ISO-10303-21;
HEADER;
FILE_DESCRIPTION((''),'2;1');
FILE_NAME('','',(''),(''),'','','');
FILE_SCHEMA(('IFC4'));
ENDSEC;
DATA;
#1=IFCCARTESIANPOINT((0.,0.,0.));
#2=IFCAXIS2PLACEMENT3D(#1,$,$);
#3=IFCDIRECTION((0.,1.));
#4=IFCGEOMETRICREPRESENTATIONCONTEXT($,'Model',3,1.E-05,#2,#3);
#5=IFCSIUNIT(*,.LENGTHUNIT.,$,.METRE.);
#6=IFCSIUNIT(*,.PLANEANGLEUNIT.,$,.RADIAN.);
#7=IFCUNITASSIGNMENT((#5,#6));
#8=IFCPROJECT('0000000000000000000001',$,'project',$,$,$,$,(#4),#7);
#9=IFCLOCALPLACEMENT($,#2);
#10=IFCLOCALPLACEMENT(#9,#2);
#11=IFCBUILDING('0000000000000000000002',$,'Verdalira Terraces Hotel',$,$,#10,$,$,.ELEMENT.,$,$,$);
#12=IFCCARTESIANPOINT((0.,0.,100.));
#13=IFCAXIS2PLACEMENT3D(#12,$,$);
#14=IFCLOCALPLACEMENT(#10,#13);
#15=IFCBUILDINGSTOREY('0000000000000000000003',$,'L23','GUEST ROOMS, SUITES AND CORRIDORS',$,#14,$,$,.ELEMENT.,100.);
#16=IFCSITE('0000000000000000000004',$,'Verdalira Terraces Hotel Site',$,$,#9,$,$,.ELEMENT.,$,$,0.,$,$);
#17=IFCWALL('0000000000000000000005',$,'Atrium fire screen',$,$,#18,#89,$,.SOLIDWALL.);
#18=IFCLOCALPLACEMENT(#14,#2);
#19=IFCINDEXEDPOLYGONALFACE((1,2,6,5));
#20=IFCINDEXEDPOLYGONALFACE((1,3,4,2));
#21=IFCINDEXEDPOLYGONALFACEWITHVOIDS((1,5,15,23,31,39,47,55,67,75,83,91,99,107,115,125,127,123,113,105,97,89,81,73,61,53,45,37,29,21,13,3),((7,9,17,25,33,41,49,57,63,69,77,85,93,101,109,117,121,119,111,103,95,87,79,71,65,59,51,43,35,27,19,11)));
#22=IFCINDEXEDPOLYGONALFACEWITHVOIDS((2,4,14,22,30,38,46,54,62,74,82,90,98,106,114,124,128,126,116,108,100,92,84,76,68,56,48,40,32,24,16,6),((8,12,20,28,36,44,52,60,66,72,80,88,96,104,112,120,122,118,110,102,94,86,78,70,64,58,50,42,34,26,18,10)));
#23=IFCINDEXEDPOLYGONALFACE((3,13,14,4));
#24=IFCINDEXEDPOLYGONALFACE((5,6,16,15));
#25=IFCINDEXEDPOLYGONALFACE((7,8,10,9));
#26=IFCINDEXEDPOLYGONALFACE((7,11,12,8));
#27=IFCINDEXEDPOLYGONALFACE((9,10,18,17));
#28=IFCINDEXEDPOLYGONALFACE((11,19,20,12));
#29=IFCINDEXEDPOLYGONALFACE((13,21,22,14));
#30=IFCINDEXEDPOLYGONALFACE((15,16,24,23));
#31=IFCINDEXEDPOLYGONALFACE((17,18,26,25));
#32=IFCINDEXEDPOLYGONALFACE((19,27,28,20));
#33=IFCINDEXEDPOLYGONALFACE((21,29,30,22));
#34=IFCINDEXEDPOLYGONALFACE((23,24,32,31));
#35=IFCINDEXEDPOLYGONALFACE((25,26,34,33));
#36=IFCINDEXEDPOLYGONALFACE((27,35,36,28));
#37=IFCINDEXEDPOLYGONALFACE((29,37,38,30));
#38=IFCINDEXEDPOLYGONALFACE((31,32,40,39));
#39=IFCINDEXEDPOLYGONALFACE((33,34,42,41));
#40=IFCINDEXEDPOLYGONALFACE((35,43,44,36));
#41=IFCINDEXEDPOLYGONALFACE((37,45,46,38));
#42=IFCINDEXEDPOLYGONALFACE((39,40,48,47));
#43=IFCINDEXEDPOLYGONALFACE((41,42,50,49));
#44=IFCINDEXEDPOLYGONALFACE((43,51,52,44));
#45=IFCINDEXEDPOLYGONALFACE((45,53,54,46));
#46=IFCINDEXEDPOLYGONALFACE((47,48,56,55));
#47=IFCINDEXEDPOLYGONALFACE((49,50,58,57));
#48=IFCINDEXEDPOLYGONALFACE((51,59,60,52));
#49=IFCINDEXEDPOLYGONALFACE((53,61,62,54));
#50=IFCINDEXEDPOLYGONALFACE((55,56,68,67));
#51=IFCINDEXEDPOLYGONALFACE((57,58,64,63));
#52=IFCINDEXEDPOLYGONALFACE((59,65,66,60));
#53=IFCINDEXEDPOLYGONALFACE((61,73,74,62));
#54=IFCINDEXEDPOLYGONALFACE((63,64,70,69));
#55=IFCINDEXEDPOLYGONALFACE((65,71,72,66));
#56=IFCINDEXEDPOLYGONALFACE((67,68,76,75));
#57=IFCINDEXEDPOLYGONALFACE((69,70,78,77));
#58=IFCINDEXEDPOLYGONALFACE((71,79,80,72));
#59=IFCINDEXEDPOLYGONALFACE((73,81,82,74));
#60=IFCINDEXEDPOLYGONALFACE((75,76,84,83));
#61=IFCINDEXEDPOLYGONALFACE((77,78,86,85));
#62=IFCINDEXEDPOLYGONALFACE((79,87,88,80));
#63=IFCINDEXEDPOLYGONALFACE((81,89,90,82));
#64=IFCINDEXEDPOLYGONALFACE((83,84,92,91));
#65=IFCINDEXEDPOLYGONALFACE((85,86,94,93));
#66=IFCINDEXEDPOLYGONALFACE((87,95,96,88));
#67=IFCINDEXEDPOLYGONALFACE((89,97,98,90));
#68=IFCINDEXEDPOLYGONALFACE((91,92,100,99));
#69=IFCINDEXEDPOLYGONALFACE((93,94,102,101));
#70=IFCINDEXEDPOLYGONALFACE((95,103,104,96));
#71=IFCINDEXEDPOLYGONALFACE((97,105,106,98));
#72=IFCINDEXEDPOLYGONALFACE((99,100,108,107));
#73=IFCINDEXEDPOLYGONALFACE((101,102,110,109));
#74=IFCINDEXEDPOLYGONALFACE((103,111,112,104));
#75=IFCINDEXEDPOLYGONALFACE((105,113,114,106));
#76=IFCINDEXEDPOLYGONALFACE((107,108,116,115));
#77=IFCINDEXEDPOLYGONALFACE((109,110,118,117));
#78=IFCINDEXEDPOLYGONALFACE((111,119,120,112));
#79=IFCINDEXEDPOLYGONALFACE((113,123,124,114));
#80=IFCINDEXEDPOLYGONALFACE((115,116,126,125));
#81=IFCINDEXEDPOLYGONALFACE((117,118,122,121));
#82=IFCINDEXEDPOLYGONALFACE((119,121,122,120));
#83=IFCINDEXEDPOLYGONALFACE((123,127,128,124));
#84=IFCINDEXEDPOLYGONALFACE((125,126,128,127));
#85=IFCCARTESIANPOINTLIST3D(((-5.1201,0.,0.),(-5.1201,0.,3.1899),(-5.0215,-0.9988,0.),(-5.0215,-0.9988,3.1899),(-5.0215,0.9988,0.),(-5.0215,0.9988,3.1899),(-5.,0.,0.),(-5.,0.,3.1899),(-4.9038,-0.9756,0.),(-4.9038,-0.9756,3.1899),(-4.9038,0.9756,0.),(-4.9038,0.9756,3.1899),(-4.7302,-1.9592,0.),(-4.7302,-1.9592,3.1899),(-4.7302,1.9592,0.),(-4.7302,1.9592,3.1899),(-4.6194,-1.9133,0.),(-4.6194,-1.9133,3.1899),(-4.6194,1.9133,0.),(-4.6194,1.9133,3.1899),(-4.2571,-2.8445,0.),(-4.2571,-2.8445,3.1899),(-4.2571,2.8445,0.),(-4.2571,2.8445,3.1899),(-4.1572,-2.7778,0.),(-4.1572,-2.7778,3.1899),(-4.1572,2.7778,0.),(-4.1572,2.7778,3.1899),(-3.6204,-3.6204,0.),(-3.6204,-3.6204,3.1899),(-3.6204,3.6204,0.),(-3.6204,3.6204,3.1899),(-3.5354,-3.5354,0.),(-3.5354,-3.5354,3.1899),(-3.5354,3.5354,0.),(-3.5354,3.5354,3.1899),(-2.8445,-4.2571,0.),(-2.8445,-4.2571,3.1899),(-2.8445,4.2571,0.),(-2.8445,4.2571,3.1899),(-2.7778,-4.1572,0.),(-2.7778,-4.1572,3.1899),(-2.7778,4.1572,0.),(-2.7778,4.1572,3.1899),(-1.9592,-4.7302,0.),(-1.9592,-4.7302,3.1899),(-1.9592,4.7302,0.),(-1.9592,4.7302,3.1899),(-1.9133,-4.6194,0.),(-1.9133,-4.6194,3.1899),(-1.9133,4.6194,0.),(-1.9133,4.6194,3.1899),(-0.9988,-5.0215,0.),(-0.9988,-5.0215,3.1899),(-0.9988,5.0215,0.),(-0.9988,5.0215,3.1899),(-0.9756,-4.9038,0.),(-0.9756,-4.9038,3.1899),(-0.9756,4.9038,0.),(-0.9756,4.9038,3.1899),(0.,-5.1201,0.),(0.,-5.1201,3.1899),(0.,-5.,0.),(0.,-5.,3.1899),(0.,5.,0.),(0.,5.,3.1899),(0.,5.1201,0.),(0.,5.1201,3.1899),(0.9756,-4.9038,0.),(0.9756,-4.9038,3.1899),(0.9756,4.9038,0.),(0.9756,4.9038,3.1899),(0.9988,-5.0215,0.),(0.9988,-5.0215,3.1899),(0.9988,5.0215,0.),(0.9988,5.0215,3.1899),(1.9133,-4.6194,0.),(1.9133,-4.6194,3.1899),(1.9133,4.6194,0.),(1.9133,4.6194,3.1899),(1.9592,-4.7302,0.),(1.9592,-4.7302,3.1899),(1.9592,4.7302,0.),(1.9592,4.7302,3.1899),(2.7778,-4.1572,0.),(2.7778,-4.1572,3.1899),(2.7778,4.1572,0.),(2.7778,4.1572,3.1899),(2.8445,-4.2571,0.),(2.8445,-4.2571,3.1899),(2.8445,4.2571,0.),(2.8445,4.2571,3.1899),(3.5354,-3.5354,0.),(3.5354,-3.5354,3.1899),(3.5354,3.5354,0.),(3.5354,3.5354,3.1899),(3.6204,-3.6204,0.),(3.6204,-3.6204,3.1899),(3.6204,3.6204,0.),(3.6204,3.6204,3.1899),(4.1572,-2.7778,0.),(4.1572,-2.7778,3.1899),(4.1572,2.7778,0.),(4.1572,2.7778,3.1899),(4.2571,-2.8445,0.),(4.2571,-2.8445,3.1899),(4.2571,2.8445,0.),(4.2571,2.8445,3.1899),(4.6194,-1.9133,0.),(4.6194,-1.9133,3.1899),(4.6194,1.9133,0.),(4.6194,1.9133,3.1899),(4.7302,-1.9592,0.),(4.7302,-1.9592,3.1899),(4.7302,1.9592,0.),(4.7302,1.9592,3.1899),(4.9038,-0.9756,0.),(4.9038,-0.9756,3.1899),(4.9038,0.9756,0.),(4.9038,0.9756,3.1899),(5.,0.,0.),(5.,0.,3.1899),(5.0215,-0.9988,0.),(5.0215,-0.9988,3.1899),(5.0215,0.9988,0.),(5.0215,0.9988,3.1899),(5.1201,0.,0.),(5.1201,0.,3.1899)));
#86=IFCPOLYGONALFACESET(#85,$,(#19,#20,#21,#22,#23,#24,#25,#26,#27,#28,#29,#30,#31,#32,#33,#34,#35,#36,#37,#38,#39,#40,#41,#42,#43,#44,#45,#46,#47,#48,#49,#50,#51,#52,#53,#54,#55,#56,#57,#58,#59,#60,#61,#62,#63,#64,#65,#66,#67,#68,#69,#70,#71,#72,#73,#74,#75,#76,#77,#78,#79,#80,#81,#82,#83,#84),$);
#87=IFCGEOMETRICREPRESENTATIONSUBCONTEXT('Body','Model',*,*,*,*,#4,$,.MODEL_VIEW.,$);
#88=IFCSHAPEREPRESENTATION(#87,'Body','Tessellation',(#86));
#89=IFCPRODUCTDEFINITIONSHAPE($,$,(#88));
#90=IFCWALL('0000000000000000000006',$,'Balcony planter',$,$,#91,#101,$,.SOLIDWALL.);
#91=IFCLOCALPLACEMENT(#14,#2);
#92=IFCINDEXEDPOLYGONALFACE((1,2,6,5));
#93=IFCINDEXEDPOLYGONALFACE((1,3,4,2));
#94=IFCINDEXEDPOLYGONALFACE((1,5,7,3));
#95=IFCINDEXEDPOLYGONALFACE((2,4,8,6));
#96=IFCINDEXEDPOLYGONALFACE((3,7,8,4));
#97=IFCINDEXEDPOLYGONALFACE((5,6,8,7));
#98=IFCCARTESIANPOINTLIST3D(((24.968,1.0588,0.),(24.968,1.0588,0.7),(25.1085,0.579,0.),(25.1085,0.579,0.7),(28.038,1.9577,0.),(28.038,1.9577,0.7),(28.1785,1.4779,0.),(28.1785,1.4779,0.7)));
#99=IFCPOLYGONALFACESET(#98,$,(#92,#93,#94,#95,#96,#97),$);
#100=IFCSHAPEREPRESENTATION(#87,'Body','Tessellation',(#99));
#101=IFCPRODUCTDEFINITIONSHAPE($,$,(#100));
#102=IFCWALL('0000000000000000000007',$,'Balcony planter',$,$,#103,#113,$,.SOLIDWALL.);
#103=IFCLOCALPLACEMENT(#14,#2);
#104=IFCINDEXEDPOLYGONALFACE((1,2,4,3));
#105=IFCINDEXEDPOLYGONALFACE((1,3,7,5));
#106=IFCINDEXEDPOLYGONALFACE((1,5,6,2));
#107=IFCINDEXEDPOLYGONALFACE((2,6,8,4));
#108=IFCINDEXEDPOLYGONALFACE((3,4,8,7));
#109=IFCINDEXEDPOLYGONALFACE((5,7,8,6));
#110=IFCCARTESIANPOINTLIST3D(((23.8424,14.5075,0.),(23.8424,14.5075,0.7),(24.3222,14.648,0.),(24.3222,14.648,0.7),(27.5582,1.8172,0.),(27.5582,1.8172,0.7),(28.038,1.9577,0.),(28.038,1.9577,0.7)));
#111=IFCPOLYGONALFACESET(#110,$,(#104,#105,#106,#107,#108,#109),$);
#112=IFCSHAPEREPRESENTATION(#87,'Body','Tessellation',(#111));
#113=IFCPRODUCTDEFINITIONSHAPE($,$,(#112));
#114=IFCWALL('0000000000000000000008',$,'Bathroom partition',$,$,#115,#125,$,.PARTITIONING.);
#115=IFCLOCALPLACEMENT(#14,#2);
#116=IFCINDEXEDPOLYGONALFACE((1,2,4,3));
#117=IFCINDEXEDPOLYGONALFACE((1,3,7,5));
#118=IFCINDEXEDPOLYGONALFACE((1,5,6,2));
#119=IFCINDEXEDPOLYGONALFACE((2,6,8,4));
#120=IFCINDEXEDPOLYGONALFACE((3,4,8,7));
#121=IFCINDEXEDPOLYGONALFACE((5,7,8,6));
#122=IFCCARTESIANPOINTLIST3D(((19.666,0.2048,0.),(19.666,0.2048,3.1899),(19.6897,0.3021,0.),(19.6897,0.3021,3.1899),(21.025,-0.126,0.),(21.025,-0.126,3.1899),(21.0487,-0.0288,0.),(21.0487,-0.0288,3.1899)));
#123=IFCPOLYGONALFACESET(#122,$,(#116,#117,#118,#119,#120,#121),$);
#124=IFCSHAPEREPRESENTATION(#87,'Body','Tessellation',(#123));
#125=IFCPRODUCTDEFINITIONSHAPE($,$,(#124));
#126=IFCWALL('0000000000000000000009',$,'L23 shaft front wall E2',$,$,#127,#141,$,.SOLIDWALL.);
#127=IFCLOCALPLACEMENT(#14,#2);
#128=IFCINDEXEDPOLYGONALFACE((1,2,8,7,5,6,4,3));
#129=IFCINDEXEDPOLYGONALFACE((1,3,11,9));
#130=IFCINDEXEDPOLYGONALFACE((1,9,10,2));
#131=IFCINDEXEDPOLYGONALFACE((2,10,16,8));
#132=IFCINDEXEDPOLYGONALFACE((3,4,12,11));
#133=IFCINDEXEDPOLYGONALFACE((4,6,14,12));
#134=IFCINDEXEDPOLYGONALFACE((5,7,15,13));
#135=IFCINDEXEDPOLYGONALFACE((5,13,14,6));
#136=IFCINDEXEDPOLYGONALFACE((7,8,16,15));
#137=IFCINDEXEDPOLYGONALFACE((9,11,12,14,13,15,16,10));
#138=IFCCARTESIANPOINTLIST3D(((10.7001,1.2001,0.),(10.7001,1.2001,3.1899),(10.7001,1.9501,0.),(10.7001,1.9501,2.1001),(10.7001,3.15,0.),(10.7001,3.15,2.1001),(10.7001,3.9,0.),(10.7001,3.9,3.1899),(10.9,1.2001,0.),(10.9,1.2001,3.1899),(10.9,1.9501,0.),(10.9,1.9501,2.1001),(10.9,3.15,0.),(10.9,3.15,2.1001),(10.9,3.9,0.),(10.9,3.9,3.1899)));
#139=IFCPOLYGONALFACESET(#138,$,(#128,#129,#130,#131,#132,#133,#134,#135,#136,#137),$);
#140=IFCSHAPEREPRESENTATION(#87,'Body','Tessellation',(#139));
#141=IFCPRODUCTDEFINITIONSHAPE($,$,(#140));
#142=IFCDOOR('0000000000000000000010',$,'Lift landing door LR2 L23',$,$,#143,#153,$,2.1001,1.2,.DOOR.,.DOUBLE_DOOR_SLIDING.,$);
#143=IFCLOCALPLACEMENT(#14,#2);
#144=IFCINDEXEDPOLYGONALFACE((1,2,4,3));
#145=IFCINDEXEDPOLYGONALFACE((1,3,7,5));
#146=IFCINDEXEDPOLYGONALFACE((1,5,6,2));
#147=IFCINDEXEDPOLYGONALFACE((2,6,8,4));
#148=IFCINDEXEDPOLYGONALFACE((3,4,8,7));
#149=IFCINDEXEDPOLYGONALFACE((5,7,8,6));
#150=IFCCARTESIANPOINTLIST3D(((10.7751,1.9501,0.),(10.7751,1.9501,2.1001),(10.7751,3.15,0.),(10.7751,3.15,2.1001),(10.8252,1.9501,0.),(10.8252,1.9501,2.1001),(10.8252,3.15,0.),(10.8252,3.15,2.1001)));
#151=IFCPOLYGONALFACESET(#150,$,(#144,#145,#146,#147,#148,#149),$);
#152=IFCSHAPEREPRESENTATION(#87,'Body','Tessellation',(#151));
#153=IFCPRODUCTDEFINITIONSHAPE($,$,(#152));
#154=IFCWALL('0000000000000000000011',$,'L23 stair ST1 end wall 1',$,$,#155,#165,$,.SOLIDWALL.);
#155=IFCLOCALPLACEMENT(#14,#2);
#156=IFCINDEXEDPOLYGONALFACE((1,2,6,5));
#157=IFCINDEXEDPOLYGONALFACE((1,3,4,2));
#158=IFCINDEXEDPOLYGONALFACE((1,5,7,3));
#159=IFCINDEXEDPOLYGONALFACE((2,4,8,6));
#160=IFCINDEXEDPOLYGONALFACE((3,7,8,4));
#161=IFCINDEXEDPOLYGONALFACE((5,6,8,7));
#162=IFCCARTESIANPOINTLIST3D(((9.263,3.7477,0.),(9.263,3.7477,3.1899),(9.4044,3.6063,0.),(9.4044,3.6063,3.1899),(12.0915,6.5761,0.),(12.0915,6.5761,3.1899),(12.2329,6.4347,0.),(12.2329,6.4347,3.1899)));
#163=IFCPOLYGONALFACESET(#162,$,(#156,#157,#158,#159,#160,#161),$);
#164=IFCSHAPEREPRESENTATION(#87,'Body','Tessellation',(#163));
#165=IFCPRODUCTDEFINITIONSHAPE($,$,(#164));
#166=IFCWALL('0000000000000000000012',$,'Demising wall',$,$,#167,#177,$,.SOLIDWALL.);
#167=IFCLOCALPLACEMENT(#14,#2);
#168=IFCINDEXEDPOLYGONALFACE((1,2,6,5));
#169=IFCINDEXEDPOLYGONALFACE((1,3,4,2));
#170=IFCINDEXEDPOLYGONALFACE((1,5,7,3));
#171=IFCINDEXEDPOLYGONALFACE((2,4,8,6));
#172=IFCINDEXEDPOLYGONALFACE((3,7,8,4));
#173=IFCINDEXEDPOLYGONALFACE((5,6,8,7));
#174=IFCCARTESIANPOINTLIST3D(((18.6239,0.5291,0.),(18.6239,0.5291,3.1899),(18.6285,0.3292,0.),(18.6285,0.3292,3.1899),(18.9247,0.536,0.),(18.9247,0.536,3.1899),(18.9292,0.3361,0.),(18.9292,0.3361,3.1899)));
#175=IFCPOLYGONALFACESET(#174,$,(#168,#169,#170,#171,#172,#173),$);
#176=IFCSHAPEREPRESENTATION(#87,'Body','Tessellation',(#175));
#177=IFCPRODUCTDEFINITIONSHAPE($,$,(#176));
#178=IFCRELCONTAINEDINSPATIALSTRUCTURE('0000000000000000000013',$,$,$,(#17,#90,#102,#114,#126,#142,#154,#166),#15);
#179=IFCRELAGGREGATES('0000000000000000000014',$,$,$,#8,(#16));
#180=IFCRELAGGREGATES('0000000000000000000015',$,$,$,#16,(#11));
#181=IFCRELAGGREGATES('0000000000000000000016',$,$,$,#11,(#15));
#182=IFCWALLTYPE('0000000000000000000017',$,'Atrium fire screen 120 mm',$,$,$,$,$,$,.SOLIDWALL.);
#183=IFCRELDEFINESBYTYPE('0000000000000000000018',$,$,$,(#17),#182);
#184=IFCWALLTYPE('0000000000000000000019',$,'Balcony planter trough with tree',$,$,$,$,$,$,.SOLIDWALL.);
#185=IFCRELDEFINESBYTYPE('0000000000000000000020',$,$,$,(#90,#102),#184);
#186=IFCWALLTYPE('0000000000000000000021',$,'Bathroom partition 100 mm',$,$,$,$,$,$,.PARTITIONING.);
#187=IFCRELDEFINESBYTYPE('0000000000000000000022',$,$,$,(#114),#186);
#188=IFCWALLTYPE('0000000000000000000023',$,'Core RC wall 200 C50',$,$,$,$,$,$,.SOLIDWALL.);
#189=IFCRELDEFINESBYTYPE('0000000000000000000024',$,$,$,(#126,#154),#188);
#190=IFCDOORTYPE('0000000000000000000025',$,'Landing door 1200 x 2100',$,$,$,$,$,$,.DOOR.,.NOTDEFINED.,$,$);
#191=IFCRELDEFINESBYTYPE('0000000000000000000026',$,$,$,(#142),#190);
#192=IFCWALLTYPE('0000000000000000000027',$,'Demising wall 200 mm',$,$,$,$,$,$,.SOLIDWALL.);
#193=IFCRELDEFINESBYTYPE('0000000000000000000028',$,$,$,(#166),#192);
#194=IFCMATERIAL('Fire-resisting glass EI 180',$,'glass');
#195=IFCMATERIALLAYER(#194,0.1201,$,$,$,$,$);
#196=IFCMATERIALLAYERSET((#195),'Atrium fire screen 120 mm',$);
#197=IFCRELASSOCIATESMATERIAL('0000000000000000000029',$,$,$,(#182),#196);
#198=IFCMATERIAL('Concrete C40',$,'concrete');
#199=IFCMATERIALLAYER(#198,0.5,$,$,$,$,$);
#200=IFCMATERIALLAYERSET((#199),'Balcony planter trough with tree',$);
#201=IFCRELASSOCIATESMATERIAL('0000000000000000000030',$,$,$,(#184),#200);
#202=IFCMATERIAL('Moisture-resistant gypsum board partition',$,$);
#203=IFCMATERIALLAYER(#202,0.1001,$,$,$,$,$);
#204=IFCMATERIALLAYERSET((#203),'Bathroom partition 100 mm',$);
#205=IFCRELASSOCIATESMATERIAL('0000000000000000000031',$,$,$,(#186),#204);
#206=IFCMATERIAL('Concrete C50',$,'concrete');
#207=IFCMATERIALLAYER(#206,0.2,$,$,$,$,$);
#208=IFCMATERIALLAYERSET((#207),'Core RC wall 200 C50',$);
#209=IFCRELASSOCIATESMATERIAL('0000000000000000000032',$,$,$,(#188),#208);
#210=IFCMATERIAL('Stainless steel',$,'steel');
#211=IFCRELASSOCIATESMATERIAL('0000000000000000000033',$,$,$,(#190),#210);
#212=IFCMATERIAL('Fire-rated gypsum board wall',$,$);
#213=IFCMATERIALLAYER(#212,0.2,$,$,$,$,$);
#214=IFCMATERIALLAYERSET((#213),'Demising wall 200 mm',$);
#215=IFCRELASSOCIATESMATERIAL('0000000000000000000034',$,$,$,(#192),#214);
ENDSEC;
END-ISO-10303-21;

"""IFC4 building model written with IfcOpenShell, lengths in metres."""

from ifc_helpers import new_model, si_unit, direction, frame, frame_2d, origin, place, context, subcontext, project, spatial, polyline, rectangle, outline, extrude, material, layer, layer_set, type_object, element, fill, save


model = new_model("IFC4")

# Units and contexts
model_context = context("Model", 3, precision=1e-05, world=origin(), true_north=direction((0.0, 1.0)))
body_context = subcontext(model_context, "Body", "Model", "MODEL_VIEW")
ifc_project = project(units=[si_unit("LENGTHUNIT", "METRE"), si_unit("PLANEANGLEUNIT", "RADIAN")], contexts=[model_context])

# Site, building, storey
site_placement = place(None, origin())
site = spatial("IfcSite", under=ifc_project, at=site_placement, Name="Verdalira Terraces Hotel Site", CompositionType="ELEMENT", RefElevation=0.0)
building_placement = place(site_placement, origin())
building = spatial("IfcBuilding", under=site, at=building_placement, Name="Verdalira Terraces Hotel", CompositionType="ELEMENT")
storey_placement = place(building_placement, frame((0.0, 0.0, 100.0)))
storey = spatial("IfcBuildingStorey", under=building, at=storey_placement, Name="L23", Description="GUEST ROOMS, SUITES AND CORRIDORS", CompositionType="ELEMENT", Elevation=100.0)

# Walls
ifc_material_1 = material(Name="Fire-resisting glass EI 180", Category="glass")
ifc_layer_1 = layer(ifc_material_1, 0.1201)
ifc_layer_set_1 = layer_set([ifc_layer_1], Name="Atrium fire screen 120 mm")
wall_type_1 = type_object("IfcWallType", Name="Atrium fire screen 120 mm", PredefinedType="SOLIDWALL", material=ifc_layer_set_1)
wall_1_placement = place(storey_placement, origin())
element("IfcWall", 1, at=wall_1_placement, inside=storey, type_object=wall_type_1, Name="Atrium fire screen", PredefinedType="SOLIDWALL", context=body_context, shape_type="SweptSolid", body=[
    extrude(outline(polyline([(5.0215, -0.9988), (4.7302, -1.9592), (4.2571, -2.8445), (3.6204, -3.6204), (2.8445, -4.2571), (1.9592, -4.7302), (0.9988, -5.0215), (0.0, -5.1201), (-0.9988, -5.0215), (-1.9592, -4.7302), (-2.8445, -4.2571), (-3.6204, -3.6204), (-4.2571, -2.8445), (-4.7302, -1.9592), (-5.0215, -0.9988), (-5.1201, 0.0), (-5.0215, 0.9988), (-4.7302, 1.9592), (-4.2571, 2.8445), (-3.6204, 3.6204), (-2.8445, 4.2571), (-1.9592, 4.7302), (-0.9988, 5.0215), (0.0, 5.1201), (0.9988, 5.0215), (1.9592, 4.7302), (2.8445, 4.2571), (3.6204, 3.6204), (4.2571, 2.8445), (4.7302, 1.9592), (5.0215, 0.9988), (5.1201, 0.0), (5.0215, -0.9988)]), holes=[polyline([(4.9038, 0.9756), (4.6194, 1.9133), (4.1572, 2.7778), (3.5354, 3.5354), (2.7778, 4.1572), (1.9133, 4.6194), (0.9756, 4.9038), (0.0, 5.0), (-0.9756, 4.9038), (-1.9133, 4.6194), (-2.7778, 4.1572), (-3.5354, 3.5354), (-4.1572, 2.7778), (-4.6194, 1.9133), (-4.9038, 0.9756), (-5.0, 0.0), (-4.9038, -0.9756), (-4.6194, -1.9133), (-4.1572, -2.7778), (-3.5354, -3.5354), (-2.7778, -4.1572), (-1.9133, -4.6194), (-0.9756, -4.9038), (0.0, -5.0), (0.9756, -4.9038), (1.9133, -4.6194), (2.7778, -4.1572), (3.5354, -3.5354), (4.1572, -2.7778), (4.6194, -1.9133), (4.9038, -0.9756), (5.0, 0.0), (4.9038, 0.9756)])]), origin(), (0.0, 0.0, 1.0), 3.1899),
])
ifc_material_2 = material(Name="Concrete C40", Category="concrete")
ifc_layer_2 = layer(ifc_material_2, 0.5)
ifc_layer_set_2 = layer_set([ifc_layer_2], Name="Balcony planter trough with tree")
wall_type_2 = type_object("IfcWallType", Name="Balcony planter trough with tree", PredefinedType="SOLIDWALL", material=ifc_layer_set_2)
wall_2_placement = place(storey_placement, frame((25.0381, 0.8188, 0.0), z_axis=(0.0, 0.0, 1.0), x_axis=(0.959706, 0.281005, 0.0)))
element("IfcWall", 2, at=wall_2_placement, inside=storey, type_object=wall_type_2, Name="Balcony planter", PredefinedType="SOLIDWALL", context=body_context, shape_type="SweptSolid", body=[
    extrude(rectangle(XDim=3.199, YDim=0.5, at=frame_2d((1.5996, 0.0))), origin(), (0.0, 0.0, 1.0), 0.7),
])
wall_3_placement = place(storey_placement, frame((27.7981, 1.8875, 0.0), z_axis=(0.0, 0.0, 1.0), x_axis=(-0.281007, 0.959706, 0.0)))
element("IfcWall", 3, at=wall_3_placement, inside=storey, type_object=wall_type_2, Name="Balcony planter", PredefinedType="SOLIDWALL", context=body_context, shape_type="SweptSolid", body=[
    extrude(rectangle(XDim=13.2231, YDim=0.5, at=frame_2d((6.6116, 0.0))), origin(), (0.0, 0.0, 1.0), 0.7),
])
ifc_material_3 = material(Name="Moisture-resistant gypsum board partition")
ifc_layer_3 = layer(ifc_material_3, 0.1001)
ifc_layer_set_3 = layer_set([ifc_layer_3], Name="Bathroom partition 100 mm")
wall_type_3 = type_object("IfcWallType", Name="Bathroom partition 100 mm", PredefinedType="PARTITIONING", material=ifc_layer_set_3)
wall_4_placement = place(storey_placement, frame((19.678, 0.2534, 0.0), z_axis=(0.0, 0.0, 1.0), x_axis=(0.971623, -0.236534, 0.0)))
element("IfcWall", 4, at=wall_4_placement, inside=storey, type_object=wall_type_3, Name="Bathroom partition", PredefinedType="PARTITIONING", context=body_context, shape_type="SweptSolid", body=[
    extrude(rectangle(XDim=1.3987, YDim=0.1001, at=frame_2d((0.6992, 0.0))), origin(), (0.0, 0.0, 1.0), 3.1899),
])

# Wall, opening, door
ifc_material_4 = material(Name="Concrete C50", Category="concrete")
ifc_layer_4 = layer(ifc_material_4, 0.2)
ifc_layer_set_4 = layer_set([ifc_layer_4], Name="Core RC wall 200 C50")
wall_type_4 = type_object("IfcWallType", Name="Core RC wall 200 C50", PredefinedType="SOLIDWALL", material=ifc_layer_set_4)
wall_5_placement = place(storey_placement, frame((10.8, 1.2, 0.0), z_axis=(0.0, 0.0, 1.0), x_axis=(0.0, 1.0, 0.0)))
wall_5 = element("IfcWall", 5, at=wall_5_placement, inside=storey, type_object=wall_type_4, Name="L23 shaft front wall E2", PredefinedType="SOLIDWALL", context=body_context, shape_type="SweptSolid", body=[
    extrude(rectangle(XDim=2.7, YDim=0.2, at=frame_2d((1.3501, 0.0))), origin(), (0.0, 0.0, 1.0), 3.1899),
])
opening_1_placement = place(wall_5_placement, frame((0.75, 0.0, 0.0)))
opening_1 = element("IfcOpeningElement", 6, at=opening_1_placement, cuts=wall_5, PredefinedType="OPENING", context=body_context, shape_type="SweptSolid", body=[
    extrude(rectangle(XDim=1.2, YDim=2.1001, at=frame_2d((0.6001, 1.05))), frame((0.0, 0.1099, 0.0), z_axis=(0.0, -1.0, 0.0), x_axis=(1.0, 0.0, 0.0)), (0.0, 0.0, 1.0), 0.22),
])
ifc_material_5 = material(Name="Stainless steel", Category="steel")
door_type_1 = type_object("IfcDoorType", Name="Landing door 1200 x 2100", OperationType="NOTDEFINED", PredefinedType="DOOR", material=ifc_material_5)
door_1_placement = place(opening_1_placement, origin())
door_1 = element("IfcDoor", 7, at=door_1_placement, inside=storey, type_object=door_type_1, Name="Lift landing door LR2 L23", OperationType="DOUBLE_DOOR_SLIDING", OverallHeight=2.1001, OverallWidth=1.2, PredefinedType="DOOR", context=body_context, shape_type="SweptSolid", body=[
    extrude(rectangle(XDim=1.2, YDim=2.1001, at=frame_2d((0.6001, 1.05))), frame((0.0, 0.0249, 0.0), z_axis=(0.0, -1.0, 0.0), x_axis=(1.0, 0.0, 0.0)), (0.0, 0.0, 1.0), 0.05),
])
fill(opening_1, door_1)

# Walls
wall_6_placement = place(storey_placement, frame((9.3337, 3.677, 0.0), z_axis=(0.0, 0.0, 1.0), x_axis=(0.707107, 0.707107, 0.0)))
element("IfcWall", 8, at=wall_6_placement, inside=storey, type_object=wall_type_4, Name="L23 stair ST1 end wall 1", PredefinedType="SOLIDWALL", context=body_context, shape_type="SweptSolid", body=[
    extrude(rectangle(XDim=4.0, YDim=0.2, at=frame_2d((2.0, 0.0))), origin(), (0.0, 0.0, 1.0), 3.1899),
])
ifc_material_6 = material(Name="Fire-rated gypsum board wall")
ifc_layer_5 = layer(ifc_material_6, 0.2)
ifc_layer_set_5 = layer_set([ifc_layer_5], Name="Demising wall 200 mm")
wall_type_5 = type_object("IfcWallType", Name="Demising wall 200 mm", PredefinedType="SOLIDWALL", material=ifc_layer_set_5)
wall_7_placement = place(storey_placement, frame((18.6262, 0.4292, 0.0), z_axis=(0.0, 0.0, 1.0), x_axis=(0.999742, 0.022721, 0.0)))
element("IfcWall", 9, at=wall_7_placement, inside=storey, type_object=wall_type_5, Name="Demising wall", PredefinedType="SOLIDWALL", context=body_context, shape_type="SweptSolid", body=[
    extrude(rectangle(XDim=0.3008, YDim=0.2, at=frame_2d((0.1504, 0.0))), origin(), (0.0, 0.0, 1.0), 3.1899),
])

save(model, "model.ifc")
